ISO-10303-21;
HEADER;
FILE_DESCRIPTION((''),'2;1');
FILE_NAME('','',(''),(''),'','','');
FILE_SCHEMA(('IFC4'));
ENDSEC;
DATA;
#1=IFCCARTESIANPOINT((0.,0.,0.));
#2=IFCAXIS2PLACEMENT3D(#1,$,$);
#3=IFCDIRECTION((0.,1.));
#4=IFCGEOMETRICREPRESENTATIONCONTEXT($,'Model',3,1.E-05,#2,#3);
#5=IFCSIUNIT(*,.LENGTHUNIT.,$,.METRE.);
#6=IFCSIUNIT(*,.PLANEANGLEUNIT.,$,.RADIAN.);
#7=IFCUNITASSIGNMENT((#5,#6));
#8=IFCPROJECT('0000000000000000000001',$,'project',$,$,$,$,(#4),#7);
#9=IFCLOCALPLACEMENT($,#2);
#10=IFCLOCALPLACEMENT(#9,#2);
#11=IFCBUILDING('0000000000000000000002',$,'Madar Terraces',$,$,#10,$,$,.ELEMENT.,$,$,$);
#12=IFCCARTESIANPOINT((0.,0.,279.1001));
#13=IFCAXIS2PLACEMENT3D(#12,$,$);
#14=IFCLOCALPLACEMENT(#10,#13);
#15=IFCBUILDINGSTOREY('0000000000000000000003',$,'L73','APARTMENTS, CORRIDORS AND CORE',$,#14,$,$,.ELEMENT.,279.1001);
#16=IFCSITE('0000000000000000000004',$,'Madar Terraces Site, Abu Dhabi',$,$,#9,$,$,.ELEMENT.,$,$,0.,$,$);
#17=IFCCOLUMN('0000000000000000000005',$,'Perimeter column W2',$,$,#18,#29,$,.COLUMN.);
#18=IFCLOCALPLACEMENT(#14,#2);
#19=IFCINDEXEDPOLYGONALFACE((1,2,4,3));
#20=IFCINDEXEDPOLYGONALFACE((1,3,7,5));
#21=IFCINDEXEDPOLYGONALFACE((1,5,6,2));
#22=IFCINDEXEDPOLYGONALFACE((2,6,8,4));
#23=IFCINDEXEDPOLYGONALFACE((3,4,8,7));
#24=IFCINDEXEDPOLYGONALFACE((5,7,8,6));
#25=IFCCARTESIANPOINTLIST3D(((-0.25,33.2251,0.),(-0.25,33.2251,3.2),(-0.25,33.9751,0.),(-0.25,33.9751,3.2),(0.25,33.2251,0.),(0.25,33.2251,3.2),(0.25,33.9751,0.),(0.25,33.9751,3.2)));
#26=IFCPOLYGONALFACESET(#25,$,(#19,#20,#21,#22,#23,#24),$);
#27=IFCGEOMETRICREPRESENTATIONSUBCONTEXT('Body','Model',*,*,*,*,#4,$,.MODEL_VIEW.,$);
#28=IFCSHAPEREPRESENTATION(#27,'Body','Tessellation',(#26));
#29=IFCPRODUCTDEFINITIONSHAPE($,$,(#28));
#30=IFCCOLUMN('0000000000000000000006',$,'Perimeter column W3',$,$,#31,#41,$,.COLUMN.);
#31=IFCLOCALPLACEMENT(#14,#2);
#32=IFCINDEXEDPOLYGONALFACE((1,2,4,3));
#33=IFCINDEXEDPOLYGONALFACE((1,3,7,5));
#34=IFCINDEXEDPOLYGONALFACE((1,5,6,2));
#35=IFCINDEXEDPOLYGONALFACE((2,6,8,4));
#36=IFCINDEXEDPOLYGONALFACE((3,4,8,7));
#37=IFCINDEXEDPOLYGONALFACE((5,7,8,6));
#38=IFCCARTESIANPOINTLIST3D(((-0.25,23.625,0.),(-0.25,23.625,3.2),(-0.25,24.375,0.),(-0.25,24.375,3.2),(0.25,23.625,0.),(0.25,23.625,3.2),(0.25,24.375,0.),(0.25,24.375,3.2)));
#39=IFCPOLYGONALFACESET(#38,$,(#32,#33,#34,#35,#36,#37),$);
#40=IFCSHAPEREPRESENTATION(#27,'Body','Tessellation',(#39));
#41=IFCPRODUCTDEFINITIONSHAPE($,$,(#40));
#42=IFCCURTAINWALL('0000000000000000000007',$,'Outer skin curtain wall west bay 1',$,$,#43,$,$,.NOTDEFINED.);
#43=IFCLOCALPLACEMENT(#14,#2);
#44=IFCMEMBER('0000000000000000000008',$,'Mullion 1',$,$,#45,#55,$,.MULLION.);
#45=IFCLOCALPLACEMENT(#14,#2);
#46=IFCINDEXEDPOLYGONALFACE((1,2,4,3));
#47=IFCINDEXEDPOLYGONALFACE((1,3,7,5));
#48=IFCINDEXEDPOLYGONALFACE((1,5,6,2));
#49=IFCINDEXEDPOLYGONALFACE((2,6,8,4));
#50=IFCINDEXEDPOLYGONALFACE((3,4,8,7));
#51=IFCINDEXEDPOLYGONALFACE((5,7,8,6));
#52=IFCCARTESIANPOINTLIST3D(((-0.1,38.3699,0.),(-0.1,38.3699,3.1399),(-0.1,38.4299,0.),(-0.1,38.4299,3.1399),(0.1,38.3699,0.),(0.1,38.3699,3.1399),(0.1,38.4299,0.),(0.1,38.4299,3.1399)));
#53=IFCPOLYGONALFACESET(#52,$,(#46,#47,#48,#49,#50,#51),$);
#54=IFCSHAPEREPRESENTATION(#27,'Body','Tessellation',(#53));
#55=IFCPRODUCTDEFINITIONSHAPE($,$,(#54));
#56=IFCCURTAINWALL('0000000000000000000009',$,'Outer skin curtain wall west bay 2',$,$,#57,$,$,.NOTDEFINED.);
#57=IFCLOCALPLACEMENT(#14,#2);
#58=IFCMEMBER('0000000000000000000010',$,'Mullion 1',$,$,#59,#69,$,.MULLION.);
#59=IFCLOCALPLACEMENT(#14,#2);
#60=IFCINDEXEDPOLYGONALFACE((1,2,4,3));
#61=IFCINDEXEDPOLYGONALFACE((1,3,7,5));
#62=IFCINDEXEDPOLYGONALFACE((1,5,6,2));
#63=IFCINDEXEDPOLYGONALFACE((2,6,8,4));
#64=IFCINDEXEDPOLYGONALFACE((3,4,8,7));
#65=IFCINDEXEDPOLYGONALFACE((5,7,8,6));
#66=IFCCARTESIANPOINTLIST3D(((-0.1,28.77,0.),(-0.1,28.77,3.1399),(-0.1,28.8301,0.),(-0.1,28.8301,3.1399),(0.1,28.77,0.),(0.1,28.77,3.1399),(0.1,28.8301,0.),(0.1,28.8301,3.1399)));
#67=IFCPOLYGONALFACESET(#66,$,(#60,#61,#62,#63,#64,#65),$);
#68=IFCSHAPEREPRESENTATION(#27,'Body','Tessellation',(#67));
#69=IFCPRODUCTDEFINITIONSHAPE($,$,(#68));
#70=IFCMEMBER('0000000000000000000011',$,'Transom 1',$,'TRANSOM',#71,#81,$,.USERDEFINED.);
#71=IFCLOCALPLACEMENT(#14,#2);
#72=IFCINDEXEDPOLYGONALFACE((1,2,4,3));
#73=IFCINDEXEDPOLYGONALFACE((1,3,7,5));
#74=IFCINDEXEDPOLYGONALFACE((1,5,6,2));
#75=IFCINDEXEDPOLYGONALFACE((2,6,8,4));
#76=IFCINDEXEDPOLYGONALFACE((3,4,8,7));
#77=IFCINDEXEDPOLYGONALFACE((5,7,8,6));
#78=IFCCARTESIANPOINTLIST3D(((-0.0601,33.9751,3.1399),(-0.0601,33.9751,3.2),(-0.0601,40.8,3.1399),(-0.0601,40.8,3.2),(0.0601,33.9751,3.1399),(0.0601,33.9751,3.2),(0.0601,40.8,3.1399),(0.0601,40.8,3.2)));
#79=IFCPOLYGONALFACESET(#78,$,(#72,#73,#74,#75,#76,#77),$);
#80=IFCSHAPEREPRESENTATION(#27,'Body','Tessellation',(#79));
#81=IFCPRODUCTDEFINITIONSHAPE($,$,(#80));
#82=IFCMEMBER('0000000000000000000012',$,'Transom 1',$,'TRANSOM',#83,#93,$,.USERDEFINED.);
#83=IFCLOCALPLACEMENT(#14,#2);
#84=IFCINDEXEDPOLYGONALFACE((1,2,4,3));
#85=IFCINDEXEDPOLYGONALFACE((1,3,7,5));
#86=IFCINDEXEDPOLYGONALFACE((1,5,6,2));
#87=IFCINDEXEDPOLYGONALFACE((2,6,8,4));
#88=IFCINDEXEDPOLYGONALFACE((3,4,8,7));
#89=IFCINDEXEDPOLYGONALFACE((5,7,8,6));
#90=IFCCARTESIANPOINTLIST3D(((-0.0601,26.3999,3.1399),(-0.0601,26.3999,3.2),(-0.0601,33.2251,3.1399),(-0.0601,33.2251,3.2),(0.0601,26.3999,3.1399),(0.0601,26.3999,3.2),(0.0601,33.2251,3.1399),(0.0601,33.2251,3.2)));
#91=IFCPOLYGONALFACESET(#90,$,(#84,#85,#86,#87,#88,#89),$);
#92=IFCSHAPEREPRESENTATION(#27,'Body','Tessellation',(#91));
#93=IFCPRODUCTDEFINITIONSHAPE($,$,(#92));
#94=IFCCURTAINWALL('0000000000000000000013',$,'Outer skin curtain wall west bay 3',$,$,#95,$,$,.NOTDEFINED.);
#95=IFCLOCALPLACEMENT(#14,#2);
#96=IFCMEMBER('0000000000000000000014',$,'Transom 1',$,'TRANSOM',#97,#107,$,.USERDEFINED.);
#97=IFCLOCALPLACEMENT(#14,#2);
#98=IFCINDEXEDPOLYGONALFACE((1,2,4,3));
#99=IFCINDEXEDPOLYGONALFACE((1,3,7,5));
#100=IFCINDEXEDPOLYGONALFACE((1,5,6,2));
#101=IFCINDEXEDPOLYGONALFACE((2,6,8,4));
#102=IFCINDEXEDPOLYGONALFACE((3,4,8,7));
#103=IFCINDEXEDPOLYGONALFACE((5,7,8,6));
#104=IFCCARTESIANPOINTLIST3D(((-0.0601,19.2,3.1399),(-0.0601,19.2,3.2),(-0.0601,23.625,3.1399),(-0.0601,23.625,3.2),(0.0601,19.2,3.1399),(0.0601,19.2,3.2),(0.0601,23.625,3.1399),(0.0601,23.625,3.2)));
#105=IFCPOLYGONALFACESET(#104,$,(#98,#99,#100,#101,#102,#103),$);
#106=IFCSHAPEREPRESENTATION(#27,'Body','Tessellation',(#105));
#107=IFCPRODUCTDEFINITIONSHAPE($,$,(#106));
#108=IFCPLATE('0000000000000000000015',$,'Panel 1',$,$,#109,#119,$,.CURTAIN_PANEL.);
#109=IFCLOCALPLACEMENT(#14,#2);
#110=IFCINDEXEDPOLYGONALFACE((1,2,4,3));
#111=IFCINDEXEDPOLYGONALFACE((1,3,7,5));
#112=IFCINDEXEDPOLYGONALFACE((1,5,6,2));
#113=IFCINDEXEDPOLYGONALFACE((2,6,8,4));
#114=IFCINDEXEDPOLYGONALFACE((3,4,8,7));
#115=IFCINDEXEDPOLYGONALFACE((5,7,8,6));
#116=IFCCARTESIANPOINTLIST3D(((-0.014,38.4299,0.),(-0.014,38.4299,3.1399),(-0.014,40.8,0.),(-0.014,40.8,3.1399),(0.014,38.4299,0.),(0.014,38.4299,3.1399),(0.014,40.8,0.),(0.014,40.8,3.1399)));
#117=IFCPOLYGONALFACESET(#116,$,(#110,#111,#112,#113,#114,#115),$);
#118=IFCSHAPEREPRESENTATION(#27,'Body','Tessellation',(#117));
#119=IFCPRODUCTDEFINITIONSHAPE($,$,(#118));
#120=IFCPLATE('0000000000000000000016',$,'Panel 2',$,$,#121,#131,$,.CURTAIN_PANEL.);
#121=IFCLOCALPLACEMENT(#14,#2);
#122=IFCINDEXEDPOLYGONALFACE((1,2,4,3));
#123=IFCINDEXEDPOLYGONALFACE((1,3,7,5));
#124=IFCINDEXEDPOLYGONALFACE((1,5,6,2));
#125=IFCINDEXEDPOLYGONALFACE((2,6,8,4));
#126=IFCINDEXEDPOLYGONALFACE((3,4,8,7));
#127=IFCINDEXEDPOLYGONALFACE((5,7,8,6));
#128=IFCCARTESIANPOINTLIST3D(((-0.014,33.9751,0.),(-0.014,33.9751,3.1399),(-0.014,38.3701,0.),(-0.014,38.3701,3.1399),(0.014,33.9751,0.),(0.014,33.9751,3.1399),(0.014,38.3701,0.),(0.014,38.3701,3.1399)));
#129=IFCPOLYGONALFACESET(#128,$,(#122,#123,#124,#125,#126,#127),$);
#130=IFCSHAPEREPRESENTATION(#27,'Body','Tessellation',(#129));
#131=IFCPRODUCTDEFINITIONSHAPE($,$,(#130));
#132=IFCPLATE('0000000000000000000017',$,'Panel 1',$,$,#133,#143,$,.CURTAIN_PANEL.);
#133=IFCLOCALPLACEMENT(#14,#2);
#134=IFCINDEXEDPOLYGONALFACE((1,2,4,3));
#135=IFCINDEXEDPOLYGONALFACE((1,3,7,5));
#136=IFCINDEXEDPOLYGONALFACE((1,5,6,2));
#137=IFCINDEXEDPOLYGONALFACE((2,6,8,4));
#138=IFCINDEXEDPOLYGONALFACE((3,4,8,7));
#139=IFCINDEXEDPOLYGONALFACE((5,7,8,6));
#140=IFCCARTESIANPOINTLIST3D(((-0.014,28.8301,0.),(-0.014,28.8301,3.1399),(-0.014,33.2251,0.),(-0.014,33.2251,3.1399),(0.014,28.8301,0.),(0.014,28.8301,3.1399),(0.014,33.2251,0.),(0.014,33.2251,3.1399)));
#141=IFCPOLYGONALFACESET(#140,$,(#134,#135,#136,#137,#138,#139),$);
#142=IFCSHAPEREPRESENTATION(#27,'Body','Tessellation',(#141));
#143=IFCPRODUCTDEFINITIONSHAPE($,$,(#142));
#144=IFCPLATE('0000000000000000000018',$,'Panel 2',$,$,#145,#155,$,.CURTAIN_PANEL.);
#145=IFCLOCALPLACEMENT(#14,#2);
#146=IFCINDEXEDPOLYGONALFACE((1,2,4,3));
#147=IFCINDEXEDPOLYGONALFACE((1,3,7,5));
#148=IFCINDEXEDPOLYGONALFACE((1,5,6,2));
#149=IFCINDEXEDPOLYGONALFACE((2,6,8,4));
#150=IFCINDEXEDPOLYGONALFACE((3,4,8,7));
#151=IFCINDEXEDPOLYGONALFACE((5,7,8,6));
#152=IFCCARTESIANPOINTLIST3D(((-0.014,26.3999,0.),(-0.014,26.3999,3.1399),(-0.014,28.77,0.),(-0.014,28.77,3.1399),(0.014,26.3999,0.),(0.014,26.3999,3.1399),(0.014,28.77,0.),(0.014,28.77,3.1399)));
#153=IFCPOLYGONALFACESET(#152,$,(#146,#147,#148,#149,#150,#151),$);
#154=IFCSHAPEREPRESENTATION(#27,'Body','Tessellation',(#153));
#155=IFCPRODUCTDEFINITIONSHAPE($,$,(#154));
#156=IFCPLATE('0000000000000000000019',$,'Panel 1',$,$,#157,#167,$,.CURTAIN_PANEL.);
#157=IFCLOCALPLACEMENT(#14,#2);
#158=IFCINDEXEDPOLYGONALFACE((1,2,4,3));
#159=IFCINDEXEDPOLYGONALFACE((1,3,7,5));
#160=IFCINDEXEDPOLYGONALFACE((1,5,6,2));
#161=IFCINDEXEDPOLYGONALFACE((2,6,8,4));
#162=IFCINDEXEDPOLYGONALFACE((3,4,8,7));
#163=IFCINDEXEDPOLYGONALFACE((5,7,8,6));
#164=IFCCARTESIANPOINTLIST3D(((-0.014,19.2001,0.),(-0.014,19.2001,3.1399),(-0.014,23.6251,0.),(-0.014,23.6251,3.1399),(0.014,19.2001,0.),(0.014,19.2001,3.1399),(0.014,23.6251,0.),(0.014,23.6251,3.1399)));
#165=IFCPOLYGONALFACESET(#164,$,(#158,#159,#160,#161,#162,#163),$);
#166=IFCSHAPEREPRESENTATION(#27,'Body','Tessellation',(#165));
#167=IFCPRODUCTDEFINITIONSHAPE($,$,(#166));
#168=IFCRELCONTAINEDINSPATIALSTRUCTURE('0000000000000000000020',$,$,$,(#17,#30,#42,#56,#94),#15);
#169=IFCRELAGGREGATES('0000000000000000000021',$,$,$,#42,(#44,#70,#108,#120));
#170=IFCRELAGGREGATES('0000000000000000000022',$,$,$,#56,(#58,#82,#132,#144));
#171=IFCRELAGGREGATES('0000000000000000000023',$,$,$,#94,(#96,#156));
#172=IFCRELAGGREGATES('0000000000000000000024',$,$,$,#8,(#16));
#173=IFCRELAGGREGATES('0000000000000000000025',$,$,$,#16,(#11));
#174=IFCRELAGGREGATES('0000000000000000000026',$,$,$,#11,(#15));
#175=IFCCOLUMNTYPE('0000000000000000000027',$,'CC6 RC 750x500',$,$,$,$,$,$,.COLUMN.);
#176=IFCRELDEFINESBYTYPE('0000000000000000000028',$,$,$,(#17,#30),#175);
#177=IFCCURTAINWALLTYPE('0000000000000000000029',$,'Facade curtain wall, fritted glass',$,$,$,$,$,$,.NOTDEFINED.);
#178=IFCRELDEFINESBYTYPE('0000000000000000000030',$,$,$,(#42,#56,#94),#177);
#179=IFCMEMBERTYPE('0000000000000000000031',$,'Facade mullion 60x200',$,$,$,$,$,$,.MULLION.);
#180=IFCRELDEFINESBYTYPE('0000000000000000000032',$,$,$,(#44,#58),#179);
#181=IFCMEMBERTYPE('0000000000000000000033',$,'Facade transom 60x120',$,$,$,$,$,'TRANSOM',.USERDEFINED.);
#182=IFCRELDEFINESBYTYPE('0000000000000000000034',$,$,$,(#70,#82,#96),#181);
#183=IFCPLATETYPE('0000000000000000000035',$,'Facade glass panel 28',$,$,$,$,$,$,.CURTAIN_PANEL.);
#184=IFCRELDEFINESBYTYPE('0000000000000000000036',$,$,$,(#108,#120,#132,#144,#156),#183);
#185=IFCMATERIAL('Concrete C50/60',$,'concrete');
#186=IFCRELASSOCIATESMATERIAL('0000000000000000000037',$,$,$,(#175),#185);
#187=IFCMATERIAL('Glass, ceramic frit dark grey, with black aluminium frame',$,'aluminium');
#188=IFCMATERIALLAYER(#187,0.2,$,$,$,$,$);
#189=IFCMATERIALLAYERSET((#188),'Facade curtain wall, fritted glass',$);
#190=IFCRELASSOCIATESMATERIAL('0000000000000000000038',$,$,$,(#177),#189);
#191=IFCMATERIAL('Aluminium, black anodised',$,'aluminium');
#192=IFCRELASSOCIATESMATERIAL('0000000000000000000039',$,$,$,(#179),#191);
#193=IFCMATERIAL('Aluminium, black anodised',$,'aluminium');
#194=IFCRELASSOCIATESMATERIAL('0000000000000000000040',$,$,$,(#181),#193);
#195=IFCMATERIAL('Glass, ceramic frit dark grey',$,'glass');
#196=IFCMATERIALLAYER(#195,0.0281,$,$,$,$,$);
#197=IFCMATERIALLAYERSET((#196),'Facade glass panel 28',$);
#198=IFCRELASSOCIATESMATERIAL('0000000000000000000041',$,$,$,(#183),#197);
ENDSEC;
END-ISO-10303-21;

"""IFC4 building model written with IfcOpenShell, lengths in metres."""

from ifc_helpers import new_model, si_unit, direction, frame, origin, origin_2d, place, context, subcontext, project, spatial, rectangle, extrude, material, layer, layer_set, material_profile, profile_set, type_object, element, aggregate, save


model = new_model("IFC4")

# Units and contexts
model_context = context("Model", 3, precision=1e-05, world=origin(), true_north=direction((0.0, 1.0)))
body_context = subcontext(model_context, "Body", "Model", "MODEL_VIEW")
ifc_project = project(units=[si_unit("LENGTHUNIT", "METRE"), si_unit("PLANEANGLEUNIT", "RADIAN")], contexts=[model_context])

# Site, building, storey
site_placement = place(None, origin())
site = spatial("IfcSite", under=ifc_project, at=site_placement, Name="Madar Terraces Site, Abu Dhabi", CompositionType="ELEMENT", RefElevation=0.0)
building_placement = place(site_placement, origin())
building = spatial("IfcBuilding", under=site, at=building_placement, Name="Madar Terraces", CompositionType="ELEMENT")
storey_placement = place(building_placement, frame((0.0, 0.0, 279.1001)))
storey = spatial("IfcBuildingStorey", under=building, at=storey_placement, Name="L73", Description="APARTMENTS, CORRIDORS AND CORE", CompositionType="ELEMENT", Elevation=279.1001)

# Columns
ifc_material_1 = material(Name="Concrete C50/60", Category="concrete")
ifc_material_profile_1 = material_profile(ifc_material_1, rectangle(XDim=0.75, YDim=0.5, at=origin_2d()), Name="CC6 RC 750x500")
ifc_profile_set_1 = profile_set([ifc_material_profile_1], Name="Concrete C50/60")
column_type = type_object("IfcColumnType", Name="CC6 RC 750x500", PredefinedType="COLUMN", material=ifc_profile_set_1)
for number, where, z_axis, x_axis, name in (
    (1, (0.0, 33.6001, 0.0), (0.0, 0.0, 1.0), (0.0, 1.0, 0.0), "Perimeter column W2"),
    (2, (0.0, 24.0, 0.0), (0.0, 0.0, 1.0), (0.0, 1.0, 0.0), "Perimeter column W3"),
):
    element("IfcColumn", number, at=place(storey_placement, frame(where, z_axis=z_axis, x_axis=x_axis)), inside=storey, type_object=column_type, Name=name, PredefinedType="COLUMN", context=body_context, shape_type="SweptSolid", body=[
        extrude(rectangle(XDim=0.75, YDim=0.5, at=origin_2d()), origin(), (0.0, 0.0, 1.0), 3.2),
    ])

# Curtain walls, members
ifc_material_2 = material(Name="Glass, ceramic frit dark grey, with black aluminium frame", Category="aluminium")
ifc_layer_1 = layer(ifc_material_2, 0.2)
ifc_layer_set_1 = layer_set([ifc_layer_1], Name="Facade curtain wall, fritted glass")
curtain_wall_type = type_object("IfcCurtainWallType", Name="Facade curtain wall, fritted glass", PredefinedType="NOTDEFINED", material=ifc_layer_set_1)
curtain_wall_1_placement = place(storey_placement, origin())
curtain_wall_1 = element("IfcCurtainWall", 3, at=curtain_wall_1_placement, inside=storey, type_object=curtain_wall_type, Name="Outer skin curtain wall west bay 1", PredefinedType="NOTDEFINED")
ifc_material_3 = material(Name="Aluminium, black anodised", Category="aluminium")
ifc_material_profile_2 = material_profile(ifc_material_3, rectangle(XDim=0.2, YDim=0.0601, at=origin_2d()), Name="Facade mullion 60x200")
ifc_profile_set_2 = profile_set([ifc_material_profile_2], Name="Aluminium, black anodised")
member_type_1 = type_object("IfcMemberType", Name="Facade mullion 60x200", PredefinedType="MULLION", material=ifc_profile_set_2)
member_1_placement = place(storey_placement, frame((0.0, 38.3999, 0.0), z_axis=(0.0, 0.0, 1.0), x_axis=(1.0, 0.0, 0.0)))
member_1 = element("IfcMember", 4, at=member_1_placement, type_object=member_type_1, Name="Mullion 1", PredefinedType="MULLION", context=body_context, shape_type="SweptSolid", body=[
    extrude(rectangle(XDim=0.2, YDim=0.0601, at=origin_2d()), origin(), (0.0, 0.0, 1.0), 3.1399),
])
curtain_wall_2_placement = place(storey_placement, origin())
curtain_wall_2 = element("IfcCurtainWall", 5, at=curtain_wall_2_placement, inside=storey, type_object=curtain_wall_type, Name="Outer skin curtain wall west bay 2", PredefinedType="NOTDEFINED")
member_2_placement = place(storey_placement, frame((0.0, 28.8, 0.0), z_axis=(0.0, 0.0, 1.0), x_axis=(1.0, 0.0, 0.0)))
member_2 = element("IfcMember", 6, at=member_2_placement, type_object=member_type_1, Name="Mullion 1", PredefinedType="MULLION", context=body_context, shape_type="SweptSolid", body=[
    extrude(rectangle(XDim=0.2, YDim=0.0601, at=origin_2d()), origin(), (0.0, 0.0, 1.0), 3.1399),
])

# Members
ifc_material_4 = material(Name="Aluminium, black anodised", Category="aluminium")
ifc_material_profile_3 = material_profile(ifc_material_4, rectangle(XDim=0.1201, YDim=0.0601, at=origin_2d()), Name="Facade transom 60x120")
ifc_profile_set_3 = profile_set([ifc_material_profile_3], Name="Aluminium, black anodised")
member_type_2 = type_object("IfcMemberType", Name="Facade transom 60x120", ElementType="TRANSOM", PredefinedType="USERDEFINED", material=ifc_profile_set_3)
member_3_placement = place(storey_placement, frame((0.0, 40.8, 3.1699), z_axis=(0.0, -1.0, 0.0), x_axis=(1.0, 0.0, 0.0)))
member_3 = element("IfcMember", 7, at=member_3_placement, type_object=member_type_2, Name="Transom 1", ObjectType="TRANSOM", PredefinedType="USERDEFINED", context=body_context, shape_type="SweptSolid", body=[
    extrude(rectangle(XDim=0.1201, YDim=0.0601, at=origin_2d()), origin(), (0.0, 0.0, 1.0), 6.825),
])
member_4_placement = place(storey_placement, frame((0.0, 33.2251, 3.1699), z_axis=(0.0, -1.0, 0.0), x_axis=(1.0, 0.0, 0.0)))
member_4 = element("IfcMember", 8, at=member_4_placement, type_object=member_type_2, Name="Transom 1", ObjectType="TRANSOM", PredefinedType="USERDEFINED", context=body_context, shape_type="SweptSolid", body=[
    extrude(rectangle(XDim=0.1201, YDim=0.0601, at=origin_2d()), origin(), (0.0, 0.0, 1.0), 6.8252),
])

# Curtain wall, member
curtain_wall_3_placement = place(storey_placement, origin())
curtain_wall_3 = element("IfcCurtainWall", 9, at=curtain_wall_3_placement, inside=storey, type_object=curtain_wall_type, Name="Outer skin curtain wall west bay 3", PredefinedType="NOTDEFINED")
member_5_placement = place(storey_placement, frame((0.0, 23.625, 3.1699), z_axis=(0.0, -1.0, 0.0), x_axis=(1.0, 0.0, 0.0)))
member_5 = element("IfcMember", 10, at=member_5_placement, type_object=member_type_2, Name="Transom 1", ObjectType="TRANSOM", PredefinedType="USERDEFINED", context=body_context, shape_type="SweptSolid", body=[
    extrude(rectangle(XDim=0.1201, YDim=0.0601, at=origin_2d()), origin(), (0.0, 0.0, 1.0), 4.425),
])

# Plates
ifc_material_5 = material(Name="Glass, ceramic frit dark grey", Category="glass")
ifc_layer_2 = layer(ifc_material_5, 0.0281)
ifc_layer_set_2 = layer_set([ifc_layer_2], Name="Facade glass panel 28")
plate_type = type_object("IfcPlateType", Name="Facade glass panel 28", PredefinedType="CURTAIN_PANEL", material=ifc_layer_set_2)
plate_1_placement = place(storey_placement, frame((0.0, 39.615, 0.0), z_axis=(0.0, 0.0, 1.0), x_axis=(0.0, -1.0, 0.0)))
plate_1 = element("IfcPlate", 11, at=plate_1_placement, type_object=plate_type, Name="Panel 1", PredefinedType="CURTAIN_PANEL", context=body_context, shape_type="SweptSolid", body=[
    extrude(rectangle(XDim=2.3701, YDim=0.0281, at=origin_2d()), origin(), (0.0, 0.0, 1.0), 3.1399),
])
plate_2_placement = place(storey_placement, frame((0.0, 36.1726, 0.0), z_axis=(0.0, 0.0, 1.0), x_axis=(0.0, -1.0, 0.0)))
plate_2 = element("IfcPlate", 12, at=plate_2_placement, type_object=plate_type, Name="Panel 2", PredefinedType="CURTAIN_PANEL", context=body_context, shape_type="SweptSolid", body=[
    extrude(rectangle(XDim=4.395, YDim=0.0281, at=origin_2d()), origin(), (0.0, 0.0, 1.0), 3.1399),
])
aggregate(curtain_wall_1, [member_1, member_3, plate_1, plate_2])
plate_3_placement = place(storey_placement, frame((0.0, 31.0276, 0.0), z_axis=(0.0, 0.0, 1.0), x_axis=(0.0, -1.0, 0.0)))
plate_3 = element("IfcPlate", 13, at=plate_3_placement, type_object=plate_type, Name="Panel 1", PredefinedType="CURTAIN_PANEL", context=body_context, shape_type="SweptSolid", body=[
    extrude(rectangle(XDim=4.395, YDim=0.0281, at=origin_2d()), origin(), (0.0, 0.0, 1.0), 3.1399),
])
plate_4_placement = place(storey_placement, frame((0.0, 27.585, 0.0), z_axis=(0.0, 0.0, 1.0), x_axis=(0.0, -1.0, 0.0)))
plate_4 = element("IfcPlate", 14, at=plate_4_placement, type_object=plate_type, Name="Panel 2", PredefinedType="CURTAIN_PANEL", context=body_context, shape_type="SweptSolid", body=[
    extrude(rectangle(XDim=2.3701, YDim=0.0281, at=origin_2d()), origin(), (0.0, 0.0, 1.0), 3.1399),
])
aggregate(curtain_wall_2, [member_2, member_4, plate_3, plate_4])
plate_5_placement = place(storey_placement, frame((0.0, 21.4126, 0.0), z_axis=(0.0, 0.0, 1.0), x_axis=(0.0, -1.0, 0.0)))
plate_5 = element("IfcPlate", 15, at=plate_5_placement, type_object=plate_type, Name="Panel 1", PredefinedType="CURTAIN_PANEL", context=body_context, shape_type="SweptSolid", body=[
    extrude(rectangle(XDim=4.425, YDim=0.0281, at=origin_2d()), origin(), (0.0, 0.0, 1.0), 3.1399),
])
aggregate(curtain_wall_3, [member_5, plate_5])

save(model, "model.ifc")
